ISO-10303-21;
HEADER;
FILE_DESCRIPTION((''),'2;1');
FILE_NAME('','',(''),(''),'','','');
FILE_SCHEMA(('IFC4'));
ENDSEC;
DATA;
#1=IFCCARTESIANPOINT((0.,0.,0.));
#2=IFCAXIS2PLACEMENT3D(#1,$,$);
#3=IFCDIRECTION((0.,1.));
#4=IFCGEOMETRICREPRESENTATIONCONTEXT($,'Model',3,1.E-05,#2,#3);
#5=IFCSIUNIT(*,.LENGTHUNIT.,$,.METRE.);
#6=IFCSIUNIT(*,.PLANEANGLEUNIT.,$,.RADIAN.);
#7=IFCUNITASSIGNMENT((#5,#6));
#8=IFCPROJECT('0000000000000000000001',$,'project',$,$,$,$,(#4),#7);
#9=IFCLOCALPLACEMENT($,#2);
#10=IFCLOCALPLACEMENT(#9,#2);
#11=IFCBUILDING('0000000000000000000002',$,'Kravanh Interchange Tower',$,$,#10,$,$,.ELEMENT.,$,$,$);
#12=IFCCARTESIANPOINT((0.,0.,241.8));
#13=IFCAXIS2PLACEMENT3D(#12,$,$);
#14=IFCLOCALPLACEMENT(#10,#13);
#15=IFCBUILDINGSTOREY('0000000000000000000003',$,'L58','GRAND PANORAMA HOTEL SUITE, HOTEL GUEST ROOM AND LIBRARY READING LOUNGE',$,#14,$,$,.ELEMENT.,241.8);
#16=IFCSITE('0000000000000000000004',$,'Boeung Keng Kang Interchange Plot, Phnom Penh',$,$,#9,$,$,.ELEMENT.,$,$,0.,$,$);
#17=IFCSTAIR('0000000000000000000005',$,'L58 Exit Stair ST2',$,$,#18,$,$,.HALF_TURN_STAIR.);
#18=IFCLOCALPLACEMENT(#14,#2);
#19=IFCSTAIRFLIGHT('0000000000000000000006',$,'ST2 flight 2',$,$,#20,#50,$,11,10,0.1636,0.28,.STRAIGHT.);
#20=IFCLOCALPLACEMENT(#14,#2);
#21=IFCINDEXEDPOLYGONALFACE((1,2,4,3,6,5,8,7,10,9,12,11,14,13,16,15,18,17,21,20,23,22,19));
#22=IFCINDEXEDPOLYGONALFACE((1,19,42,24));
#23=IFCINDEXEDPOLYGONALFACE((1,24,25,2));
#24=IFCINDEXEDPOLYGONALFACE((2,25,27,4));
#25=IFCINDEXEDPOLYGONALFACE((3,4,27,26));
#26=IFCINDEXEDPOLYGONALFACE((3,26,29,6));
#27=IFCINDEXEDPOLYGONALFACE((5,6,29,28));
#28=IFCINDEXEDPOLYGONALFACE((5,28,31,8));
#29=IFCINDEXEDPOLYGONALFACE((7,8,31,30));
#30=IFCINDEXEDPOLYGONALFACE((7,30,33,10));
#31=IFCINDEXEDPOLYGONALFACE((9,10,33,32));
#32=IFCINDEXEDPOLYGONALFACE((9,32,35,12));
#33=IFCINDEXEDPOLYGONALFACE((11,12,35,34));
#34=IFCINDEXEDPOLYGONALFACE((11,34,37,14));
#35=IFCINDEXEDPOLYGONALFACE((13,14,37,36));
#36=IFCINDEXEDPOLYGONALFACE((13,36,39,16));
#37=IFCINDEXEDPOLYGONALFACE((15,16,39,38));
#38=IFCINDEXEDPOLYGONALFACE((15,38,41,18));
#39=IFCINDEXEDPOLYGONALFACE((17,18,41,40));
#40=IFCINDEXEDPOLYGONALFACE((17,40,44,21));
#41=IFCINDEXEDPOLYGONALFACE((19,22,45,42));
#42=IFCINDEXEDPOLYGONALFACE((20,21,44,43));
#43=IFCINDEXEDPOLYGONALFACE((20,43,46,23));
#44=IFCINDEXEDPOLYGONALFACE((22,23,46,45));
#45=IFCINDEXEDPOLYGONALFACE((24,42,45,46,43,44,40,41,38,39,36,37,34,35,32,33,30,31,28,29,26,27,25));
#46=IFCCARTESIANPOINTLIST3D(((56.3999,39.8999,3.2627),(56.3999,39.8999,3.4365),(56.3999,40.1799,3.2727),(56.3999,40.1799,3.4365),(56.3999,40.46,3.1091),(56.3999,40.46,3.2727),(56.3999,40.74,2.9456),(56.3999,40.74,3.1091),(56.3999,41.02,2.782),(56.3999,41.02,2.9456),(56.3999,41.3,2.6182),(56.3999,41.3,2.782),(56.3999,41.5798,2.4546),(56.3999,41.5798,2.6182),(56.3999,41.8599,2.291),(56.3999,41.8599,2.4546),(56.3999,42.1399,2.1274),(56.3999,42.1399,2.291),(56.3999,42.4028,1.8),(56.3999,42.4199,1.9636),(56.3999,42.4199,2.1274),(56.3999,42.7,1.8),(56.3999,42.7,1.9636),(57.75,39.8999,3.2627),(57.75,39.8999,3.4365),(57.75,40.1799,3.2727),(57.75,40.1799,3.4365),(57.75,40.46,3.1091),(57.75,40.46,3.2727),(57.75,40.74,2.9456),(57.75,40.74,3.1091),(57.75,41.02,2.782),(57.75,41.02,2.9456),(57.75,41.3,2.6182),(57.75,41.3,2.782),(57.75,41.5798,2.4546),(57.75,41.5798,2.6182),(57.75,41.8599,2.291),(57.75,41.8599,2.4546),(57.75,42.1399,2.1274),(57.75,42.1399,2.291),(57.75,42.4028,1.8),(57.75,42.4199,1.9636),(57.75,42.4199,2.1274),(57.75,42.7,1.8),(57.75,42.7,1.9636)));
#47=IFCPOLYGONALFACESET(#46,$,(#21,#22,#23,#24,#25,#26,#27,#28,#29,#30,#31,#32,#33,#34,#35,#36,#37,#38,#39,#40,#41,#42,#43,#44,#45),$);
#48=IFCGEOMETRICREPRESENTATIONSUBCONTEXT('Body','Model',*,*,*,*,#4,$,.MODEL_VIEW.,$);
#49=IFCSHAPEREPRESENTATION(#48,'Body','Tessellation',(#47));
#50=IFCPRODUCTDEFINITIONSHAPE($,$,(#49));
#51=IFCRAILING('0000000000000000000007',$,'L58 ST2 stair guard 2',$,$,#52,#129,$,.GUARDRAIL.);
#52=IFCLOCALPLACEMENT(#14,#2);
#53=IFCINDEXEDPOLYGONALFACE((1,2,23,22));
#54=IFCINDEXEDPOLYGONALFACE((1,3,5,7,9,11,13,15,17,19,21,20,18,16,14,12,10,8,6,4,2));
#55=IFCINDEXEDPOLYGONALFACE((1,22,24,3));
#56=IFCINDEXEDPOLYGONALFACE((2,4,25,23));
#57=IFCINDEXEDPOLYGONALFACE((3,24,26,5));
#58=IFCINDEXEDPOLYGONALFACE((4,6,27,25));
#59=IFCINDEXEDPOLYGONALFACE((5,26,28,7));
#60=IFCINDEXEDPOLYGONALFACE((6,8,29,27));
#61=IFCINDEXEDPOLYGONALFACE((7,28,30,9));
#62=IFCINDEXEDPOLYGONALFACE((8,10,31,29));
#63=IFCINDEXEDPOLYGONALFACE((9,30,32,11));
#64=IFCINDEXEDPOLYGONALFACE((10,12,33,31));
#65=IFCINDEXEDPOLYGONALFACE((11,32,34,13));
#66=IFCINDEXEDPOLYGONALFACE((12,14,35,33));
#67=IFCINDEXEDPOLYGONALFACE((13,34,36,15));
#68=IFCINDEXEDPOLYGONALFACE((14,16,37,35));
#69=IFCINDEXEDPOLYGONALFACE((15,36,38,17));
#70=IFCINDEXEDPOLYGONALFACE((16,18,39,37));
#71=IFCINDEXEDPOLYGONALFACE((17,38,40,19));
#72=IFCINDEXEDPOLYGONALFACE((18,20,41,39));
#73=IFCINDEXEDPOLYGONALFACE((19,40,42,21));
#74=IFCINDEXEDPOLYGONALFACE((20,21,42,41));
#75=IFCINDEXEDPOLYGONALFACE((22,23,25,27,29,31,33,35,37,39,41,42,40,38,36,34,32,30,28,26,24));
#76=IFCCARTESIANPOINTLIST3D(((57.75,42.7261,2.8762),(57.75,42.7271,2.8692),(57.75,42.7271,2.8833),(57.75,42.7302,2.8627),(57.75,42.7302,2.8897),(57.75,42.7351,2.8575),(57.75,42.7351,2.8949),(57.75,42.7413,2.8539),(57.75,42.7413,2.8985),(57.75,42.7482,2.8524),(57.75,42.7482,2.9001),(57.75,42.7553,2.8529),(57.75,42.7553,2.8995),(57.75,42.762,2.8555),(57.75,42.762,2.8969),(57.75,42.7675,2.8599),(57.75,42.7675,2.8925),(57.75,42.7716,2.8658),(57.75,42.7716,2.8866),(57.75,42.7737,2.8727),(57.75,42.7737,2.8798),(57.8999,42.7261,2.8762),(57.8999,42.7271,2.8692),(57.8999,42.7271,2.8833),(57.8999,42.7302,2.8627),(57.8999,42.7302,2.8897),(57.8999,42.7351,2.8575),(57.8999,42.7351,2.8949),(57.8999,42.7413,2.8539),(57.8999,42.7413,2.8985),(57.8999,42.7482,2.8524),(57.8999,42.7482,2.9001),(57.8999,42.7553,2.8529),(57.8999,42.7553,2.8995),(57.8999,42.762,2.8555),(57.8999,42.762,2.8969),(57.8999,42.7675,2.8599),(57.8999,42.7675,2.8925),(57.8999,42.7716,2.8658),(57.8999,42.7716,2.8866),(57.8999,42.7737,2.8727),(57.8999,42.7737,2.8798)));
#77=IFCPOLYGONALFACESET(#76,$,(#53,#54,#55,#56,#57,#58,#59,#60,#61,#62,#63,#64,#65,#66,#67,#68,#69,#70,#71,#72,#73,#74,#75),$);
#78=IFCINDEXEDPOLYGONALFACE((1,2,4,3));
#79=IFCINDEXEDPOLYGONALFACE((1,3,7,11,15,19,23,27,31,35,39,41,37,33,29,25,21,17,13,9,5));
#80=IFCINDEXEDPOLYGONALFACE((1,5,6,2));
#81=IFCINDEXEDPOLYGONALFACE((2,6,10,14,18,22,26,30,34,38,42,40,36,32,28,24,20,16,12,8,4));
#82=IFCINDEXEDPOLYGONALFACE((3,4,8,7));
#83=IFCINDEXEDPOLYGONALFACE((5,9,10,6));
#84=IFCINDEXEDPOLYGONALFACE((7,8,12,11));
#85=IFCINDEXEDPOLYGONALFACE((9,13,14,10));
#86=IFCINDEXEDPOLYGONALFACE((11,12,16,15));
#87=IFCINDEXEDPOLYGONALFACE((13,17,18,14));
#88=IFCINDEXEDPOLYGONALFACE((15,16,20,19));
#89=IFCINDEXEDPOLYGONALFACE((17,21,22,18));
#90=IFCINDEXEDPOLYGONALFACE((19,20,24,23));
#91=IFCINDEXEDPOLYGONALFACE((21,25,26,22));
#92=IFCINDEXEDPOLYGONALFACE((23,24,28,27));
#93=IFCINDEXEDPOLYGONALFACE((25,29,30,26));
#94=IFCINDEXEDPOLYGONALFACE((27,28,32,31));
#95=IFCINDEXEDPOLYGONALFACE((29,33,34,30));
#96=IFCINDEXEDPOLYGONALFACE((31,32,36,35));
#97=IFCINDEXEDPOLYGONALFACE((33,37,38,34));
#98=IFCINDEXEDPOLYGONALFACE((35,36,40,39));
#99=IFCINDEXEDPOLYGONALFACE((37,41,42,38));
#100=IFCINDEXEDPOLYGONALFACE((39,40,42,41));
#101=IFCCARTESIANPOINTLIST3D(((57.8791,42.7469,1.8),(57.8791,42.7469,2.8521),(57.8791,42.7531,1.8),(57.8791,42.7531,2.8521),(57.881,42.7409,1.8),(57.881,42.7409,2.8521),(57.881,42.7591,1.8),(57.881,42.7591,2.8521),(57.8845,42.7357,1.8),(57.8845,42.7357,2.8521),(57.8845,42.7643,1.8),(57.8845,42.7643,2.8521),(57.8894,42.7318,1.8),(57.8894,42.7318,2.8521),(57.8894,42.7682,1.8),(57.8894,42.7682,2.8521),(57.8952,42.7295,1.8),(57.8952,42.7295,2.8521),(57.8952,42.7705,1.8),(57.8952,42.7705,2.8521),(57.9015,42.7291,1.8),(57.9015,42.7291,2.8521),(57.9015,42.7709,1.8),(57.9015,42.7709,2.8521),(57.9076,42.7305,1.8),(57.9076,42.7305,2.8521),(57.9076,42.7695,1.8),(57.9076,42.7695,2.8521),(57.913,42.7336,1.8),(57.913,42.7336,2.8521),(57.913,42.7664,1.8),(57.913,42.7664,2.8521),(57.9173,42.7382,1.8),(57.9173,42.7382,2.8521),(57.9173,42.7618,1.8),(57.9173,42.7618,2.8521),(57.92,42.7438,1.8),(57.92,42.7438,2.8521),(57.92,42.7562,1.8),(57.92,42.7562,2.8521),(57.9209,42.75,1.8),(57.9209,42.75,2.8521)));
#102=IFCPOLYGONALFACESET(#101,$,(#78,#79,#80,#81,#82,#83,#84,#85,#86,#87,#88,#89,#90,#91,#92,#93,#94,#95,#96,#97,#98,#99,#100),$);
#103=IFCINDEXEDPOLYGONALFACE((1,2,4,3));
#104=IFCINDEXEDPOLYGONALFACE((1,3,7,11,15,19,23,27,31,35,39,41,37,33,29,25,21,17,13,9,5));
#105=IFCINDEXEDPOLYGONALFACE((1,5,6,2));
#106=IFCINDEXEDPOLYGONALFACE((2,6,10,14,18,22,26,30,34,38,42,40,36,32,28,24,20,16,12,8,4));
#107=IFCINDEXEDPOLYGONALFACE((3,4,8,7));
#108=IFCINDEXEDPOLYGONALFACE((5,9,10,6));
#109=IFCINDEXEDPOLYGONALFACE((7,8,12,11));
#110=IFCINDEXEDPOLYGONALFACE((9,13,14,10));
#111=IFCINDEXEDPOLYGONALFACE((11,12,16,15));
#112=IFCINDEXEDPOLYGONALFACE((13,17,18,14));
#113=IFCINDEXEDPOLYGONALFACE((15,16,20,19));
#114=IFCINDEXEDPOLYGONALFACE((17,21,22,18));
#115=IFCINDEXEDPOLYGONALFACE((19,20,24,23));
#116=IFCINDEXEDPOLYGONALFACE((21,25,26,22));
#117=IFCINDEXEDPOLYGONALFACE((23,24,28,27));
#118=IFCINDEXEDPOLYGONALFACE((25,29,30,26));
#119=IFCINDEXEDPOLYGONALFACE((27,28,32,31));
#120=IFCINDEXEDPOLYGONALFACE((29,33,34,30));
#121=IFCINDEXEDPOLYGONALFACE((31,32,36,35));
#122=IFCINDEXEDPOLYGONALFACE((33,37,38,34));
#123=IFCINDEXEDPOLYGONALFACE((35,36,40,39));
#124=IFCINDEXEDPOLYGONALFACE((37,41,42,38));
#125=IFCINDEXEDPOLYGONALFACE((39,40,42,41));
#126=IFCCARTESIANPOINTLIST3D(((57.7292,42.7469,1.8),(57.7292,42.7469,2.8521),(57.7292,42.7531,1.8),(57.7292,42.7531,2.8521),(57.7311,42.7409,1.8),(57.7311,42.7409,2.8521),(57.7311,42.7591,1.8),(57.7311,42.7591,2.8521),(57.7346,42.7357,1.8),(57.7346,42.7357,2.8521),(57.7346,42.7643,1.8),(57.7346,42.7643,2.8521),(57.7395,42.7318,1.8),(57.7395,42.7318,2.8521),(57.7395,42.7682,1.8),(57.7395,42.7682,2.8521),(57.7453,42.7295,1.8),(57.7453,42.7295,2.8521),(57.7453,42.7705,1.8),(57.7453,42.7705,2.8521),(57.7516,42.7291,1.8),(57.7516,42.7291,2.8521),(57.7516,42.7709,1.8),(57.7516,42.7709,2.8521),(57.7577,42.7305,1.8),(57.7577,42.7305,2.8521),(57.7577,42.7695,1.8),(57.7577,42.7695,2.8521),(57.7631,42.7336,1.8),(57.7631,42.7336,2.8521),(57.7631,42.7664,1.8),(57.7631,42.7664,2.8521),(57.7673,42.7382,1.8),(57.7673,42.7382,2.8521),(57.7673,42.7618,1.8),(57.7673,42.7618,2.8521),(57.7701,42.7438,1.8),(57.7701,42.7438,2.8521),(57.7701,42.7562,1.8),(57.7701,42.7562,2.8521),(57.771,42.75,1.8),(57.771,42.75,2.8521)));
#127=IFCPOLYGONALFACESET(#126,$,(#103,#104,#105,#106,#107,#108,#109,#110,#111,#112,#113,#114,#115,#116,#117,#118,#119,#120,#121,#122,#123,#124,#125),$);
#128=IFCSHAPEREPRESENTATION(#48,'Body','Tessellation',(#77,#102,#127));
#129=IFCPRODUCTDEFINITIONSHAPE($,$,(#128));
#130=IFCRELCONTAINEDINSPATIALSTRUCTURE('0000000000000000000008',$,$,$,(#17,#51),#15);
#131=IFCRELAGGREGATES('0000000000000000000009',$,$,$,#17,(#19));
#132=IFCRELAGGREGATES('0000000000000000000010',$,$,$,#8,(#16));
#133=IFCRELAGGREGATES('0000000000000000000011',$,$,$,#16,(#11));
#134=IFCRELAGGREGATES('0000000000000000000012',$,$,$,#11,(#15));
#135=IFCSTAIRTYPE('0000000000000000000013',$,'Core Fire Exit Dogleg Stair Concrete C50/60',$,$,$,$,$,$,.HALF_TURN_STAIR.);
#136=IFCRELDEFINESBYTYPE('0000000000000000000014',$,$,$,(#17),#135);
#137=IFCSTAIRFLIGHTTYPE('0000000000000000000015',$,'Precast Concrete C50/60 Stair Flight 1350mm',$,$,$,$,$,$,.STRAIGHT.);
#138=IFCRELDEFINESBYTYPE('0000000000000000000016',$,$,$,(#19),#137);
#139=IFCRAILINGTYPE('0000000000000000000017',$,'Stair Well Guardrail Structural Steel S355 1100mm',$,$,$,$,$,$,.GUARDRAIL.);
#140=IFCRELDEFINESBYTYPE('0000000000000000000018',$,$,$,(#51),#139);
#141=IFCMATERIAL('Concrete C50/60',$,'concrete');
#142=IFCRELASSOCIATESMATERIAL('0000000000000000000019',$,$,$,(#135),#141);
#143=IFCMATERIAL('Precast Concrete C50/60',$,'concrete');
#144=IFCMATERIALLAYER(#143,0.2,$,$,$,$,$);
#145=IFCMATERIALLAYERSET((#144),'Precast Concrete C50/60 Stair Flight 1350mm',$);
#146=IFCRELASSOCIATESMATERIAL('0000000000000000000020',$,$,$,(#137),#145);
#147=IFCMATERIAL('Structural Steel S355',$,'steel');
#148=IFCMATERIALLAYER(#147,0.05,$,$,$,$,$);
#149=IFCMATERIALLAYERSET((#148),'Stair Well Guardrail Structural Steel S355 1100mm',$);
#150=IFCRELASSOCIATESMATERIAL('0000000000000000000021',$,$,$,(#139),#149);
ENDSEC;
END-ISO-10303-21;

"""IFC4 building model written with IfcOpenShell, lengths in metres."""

from ifc_helpers import new_model, si_unit, direction, frame, origin, origin_2d, place, context, subcontext, project, spatial, polyline, circle, outline, extrude, material, layer, layer_set, type_object, element, aggregate, save


model = new_model("IFC4")

# Units and contexts
model_context = context("Model", 3, precision=1e-05, world=origin(), true_north=direction((0.0, 1.0)))
body_context = subcontext(model_context, "Body", "Model", "MODEL_VIEW")
ifc_project = project(units=[si_unit("LENGTHUNIT", "METRE"), si_unit("PLANEANGLEUNIT", "RADIAN")], contexts=[model_context])

# Site, building, storey
site_placement = place(None, origin())
site = spatial("IfcSite", under=ifc_project, at=site_placement, Name="Boeung Keng Kang Interchange Plot, Phnom Penh", CompositionType="ELEMENT", RefElevation=0.0)
building_placement = place(site_placement, origin())
building = spatial("IfcBuilding", under=site, at=building_placement, Name="Kravanh Interchange Tower", CompositionType="ELEMENT")
storey_placement = place(building_placement, frame((0.0, 0.0, 241.8)))
storey = spatial("IfcBuildingStorey", under=building, at=storey_placement, Name="L58", Description="GRAND PANORAMA HOTEL SUITE, HOTEL GUEST ROOM AND LIBRARY READING LOUNGE", CompositionType="ELEMENT", Elevation=241.8)

# Stair, stair flight
ifc_material_1 = material(Name="Concrete C50/60", Category="concrete")
stair_type = type_object("IfcStairType", Name="Core Fire Exit Dogleg Stair Concrete C50/60", PredefinedType="HALF_TURN_STAIR", material=ifc_material_1)
stair_placement = place(storey_placement, origin())
stair = element("IfcStair", 1, at=stair_placement, inside=storey, type_object=stair_type, Name="L58 Exit Stair ST2", PredefinedType="HALF_TURN_STAIR")
ifc_material_2 = material(Name="Precast Concrete C50/60", Category="concrete")
ifc_layer_1 = layer(ifc_material_2, 0.2)
ifc_layer_set_1 = layer_set([ifc_layer_1], Name="Precast Concrete C50/60 Stair Flight 1350mm")
stair_flight_type = type_object("IfcStairFlightType", Name="Precast Concrete C50/60 Stair Flight 1350mm", PredefinedType="STRAIGHT", material=ifc_layer_set_1)
stair_flight_placement = place(storey_placement, frame((57.075, 42.7, 1.8), z_axis=(0.0, 0.0, 1.0), x_axis=(0.0, -1.0, 0.0)))
stair_flight = element("IfcStairFlight", 2, at=stair_flight_placement, type_object=stair_flight_type, Name="ST2 flight 2", NumberOfRisers=11, NumberOfTreads=10, PredefinedType="STRAIGHT", RiserHeight=0.1636, TreadLength=0.28, context=body_context, shape_type="SweptSolid", body=[
    extrude(outline(polyline([(0.0, 0.0), (0.0, 0.1636), (0.28, 0.1636), (0.28, 0.3274), (0.5601, 0.3274), (0.5601, 0.491), (0.8401, 0.491), (0.8401, 0.6545), (1.1201, 0.6545), (1.1201, 0.8181), (1.3999, 0.8181), (1.3999, 0.9819), (1.6799, 0.9819), (1.6799, 1.1455), (1.96, 1.1455), (1.96, 1.3091), (2.24, 1.3091), (2.24, 1.4727), (2.52, 1.4727), (2.52, 1.6365), (2.8, 1.6365), (2.8, 1.8), (2.8, 1.4626), (0.2971, 0.0), (0.0, 0.0)])), frame((0.0, 0.675, 0.0), z_axis=(0.0, -1.0, 0.0), x_axis=(1.0, 0.0, 0.0)), (0.0, 0.0, 1.0), 1.3501),
])
aggregate(stair, [stair_flight])

# Railing
ifc_material_3 = material(Name="Structural Steel S355", Category="steel")
ifc_layer_2 = layer(ifc_material_3, 0.05)
ifc_layer_set_2 = layer_set([ifc_layer_2], Name="Stair Well Guardrail Structural Steel S355 1100mm")
railing_type_1 = type_object("IfcRailingType", Name="Stair Well Guardrail Structural Steel S355 1100mm", PredefinedType="GUARDRAIL", material=ifc_layer_set_2)
railing_1_placement = place(storey_placement, frame((57.8999, 42.75, 1.8)))
element("IfcRailing", 3, at=railing_1_placement, inside=storey, type_object=railing_type_1, Name="L58 ST2 stair guard 2", PredefinedType="GUARDRAIL", context=body_context, shape_type="SweptSolid", body=[
    extrude(circle(Radius=0.0239, at=origin_2d()), frame((0.0, 0.0, 1.0762), z_axis=(-1.0, 0.0, 0.0), x_axis=(0.0, -1.0, 0.0)), (0.0, 0.0, 1.0), 0.1499),
    extrude(circle(Radius=0.021, at=origin_2d()), origin(), (0.0, 0.0, 1.0), 1.052),
    extrude(circle(Radius=0.021, at=origin_2d()), frame((-0.1499, 0.0, 0.0)), (0.0, 0.0, 1.0), 1.052),
])

save(model, "model.ifc")
